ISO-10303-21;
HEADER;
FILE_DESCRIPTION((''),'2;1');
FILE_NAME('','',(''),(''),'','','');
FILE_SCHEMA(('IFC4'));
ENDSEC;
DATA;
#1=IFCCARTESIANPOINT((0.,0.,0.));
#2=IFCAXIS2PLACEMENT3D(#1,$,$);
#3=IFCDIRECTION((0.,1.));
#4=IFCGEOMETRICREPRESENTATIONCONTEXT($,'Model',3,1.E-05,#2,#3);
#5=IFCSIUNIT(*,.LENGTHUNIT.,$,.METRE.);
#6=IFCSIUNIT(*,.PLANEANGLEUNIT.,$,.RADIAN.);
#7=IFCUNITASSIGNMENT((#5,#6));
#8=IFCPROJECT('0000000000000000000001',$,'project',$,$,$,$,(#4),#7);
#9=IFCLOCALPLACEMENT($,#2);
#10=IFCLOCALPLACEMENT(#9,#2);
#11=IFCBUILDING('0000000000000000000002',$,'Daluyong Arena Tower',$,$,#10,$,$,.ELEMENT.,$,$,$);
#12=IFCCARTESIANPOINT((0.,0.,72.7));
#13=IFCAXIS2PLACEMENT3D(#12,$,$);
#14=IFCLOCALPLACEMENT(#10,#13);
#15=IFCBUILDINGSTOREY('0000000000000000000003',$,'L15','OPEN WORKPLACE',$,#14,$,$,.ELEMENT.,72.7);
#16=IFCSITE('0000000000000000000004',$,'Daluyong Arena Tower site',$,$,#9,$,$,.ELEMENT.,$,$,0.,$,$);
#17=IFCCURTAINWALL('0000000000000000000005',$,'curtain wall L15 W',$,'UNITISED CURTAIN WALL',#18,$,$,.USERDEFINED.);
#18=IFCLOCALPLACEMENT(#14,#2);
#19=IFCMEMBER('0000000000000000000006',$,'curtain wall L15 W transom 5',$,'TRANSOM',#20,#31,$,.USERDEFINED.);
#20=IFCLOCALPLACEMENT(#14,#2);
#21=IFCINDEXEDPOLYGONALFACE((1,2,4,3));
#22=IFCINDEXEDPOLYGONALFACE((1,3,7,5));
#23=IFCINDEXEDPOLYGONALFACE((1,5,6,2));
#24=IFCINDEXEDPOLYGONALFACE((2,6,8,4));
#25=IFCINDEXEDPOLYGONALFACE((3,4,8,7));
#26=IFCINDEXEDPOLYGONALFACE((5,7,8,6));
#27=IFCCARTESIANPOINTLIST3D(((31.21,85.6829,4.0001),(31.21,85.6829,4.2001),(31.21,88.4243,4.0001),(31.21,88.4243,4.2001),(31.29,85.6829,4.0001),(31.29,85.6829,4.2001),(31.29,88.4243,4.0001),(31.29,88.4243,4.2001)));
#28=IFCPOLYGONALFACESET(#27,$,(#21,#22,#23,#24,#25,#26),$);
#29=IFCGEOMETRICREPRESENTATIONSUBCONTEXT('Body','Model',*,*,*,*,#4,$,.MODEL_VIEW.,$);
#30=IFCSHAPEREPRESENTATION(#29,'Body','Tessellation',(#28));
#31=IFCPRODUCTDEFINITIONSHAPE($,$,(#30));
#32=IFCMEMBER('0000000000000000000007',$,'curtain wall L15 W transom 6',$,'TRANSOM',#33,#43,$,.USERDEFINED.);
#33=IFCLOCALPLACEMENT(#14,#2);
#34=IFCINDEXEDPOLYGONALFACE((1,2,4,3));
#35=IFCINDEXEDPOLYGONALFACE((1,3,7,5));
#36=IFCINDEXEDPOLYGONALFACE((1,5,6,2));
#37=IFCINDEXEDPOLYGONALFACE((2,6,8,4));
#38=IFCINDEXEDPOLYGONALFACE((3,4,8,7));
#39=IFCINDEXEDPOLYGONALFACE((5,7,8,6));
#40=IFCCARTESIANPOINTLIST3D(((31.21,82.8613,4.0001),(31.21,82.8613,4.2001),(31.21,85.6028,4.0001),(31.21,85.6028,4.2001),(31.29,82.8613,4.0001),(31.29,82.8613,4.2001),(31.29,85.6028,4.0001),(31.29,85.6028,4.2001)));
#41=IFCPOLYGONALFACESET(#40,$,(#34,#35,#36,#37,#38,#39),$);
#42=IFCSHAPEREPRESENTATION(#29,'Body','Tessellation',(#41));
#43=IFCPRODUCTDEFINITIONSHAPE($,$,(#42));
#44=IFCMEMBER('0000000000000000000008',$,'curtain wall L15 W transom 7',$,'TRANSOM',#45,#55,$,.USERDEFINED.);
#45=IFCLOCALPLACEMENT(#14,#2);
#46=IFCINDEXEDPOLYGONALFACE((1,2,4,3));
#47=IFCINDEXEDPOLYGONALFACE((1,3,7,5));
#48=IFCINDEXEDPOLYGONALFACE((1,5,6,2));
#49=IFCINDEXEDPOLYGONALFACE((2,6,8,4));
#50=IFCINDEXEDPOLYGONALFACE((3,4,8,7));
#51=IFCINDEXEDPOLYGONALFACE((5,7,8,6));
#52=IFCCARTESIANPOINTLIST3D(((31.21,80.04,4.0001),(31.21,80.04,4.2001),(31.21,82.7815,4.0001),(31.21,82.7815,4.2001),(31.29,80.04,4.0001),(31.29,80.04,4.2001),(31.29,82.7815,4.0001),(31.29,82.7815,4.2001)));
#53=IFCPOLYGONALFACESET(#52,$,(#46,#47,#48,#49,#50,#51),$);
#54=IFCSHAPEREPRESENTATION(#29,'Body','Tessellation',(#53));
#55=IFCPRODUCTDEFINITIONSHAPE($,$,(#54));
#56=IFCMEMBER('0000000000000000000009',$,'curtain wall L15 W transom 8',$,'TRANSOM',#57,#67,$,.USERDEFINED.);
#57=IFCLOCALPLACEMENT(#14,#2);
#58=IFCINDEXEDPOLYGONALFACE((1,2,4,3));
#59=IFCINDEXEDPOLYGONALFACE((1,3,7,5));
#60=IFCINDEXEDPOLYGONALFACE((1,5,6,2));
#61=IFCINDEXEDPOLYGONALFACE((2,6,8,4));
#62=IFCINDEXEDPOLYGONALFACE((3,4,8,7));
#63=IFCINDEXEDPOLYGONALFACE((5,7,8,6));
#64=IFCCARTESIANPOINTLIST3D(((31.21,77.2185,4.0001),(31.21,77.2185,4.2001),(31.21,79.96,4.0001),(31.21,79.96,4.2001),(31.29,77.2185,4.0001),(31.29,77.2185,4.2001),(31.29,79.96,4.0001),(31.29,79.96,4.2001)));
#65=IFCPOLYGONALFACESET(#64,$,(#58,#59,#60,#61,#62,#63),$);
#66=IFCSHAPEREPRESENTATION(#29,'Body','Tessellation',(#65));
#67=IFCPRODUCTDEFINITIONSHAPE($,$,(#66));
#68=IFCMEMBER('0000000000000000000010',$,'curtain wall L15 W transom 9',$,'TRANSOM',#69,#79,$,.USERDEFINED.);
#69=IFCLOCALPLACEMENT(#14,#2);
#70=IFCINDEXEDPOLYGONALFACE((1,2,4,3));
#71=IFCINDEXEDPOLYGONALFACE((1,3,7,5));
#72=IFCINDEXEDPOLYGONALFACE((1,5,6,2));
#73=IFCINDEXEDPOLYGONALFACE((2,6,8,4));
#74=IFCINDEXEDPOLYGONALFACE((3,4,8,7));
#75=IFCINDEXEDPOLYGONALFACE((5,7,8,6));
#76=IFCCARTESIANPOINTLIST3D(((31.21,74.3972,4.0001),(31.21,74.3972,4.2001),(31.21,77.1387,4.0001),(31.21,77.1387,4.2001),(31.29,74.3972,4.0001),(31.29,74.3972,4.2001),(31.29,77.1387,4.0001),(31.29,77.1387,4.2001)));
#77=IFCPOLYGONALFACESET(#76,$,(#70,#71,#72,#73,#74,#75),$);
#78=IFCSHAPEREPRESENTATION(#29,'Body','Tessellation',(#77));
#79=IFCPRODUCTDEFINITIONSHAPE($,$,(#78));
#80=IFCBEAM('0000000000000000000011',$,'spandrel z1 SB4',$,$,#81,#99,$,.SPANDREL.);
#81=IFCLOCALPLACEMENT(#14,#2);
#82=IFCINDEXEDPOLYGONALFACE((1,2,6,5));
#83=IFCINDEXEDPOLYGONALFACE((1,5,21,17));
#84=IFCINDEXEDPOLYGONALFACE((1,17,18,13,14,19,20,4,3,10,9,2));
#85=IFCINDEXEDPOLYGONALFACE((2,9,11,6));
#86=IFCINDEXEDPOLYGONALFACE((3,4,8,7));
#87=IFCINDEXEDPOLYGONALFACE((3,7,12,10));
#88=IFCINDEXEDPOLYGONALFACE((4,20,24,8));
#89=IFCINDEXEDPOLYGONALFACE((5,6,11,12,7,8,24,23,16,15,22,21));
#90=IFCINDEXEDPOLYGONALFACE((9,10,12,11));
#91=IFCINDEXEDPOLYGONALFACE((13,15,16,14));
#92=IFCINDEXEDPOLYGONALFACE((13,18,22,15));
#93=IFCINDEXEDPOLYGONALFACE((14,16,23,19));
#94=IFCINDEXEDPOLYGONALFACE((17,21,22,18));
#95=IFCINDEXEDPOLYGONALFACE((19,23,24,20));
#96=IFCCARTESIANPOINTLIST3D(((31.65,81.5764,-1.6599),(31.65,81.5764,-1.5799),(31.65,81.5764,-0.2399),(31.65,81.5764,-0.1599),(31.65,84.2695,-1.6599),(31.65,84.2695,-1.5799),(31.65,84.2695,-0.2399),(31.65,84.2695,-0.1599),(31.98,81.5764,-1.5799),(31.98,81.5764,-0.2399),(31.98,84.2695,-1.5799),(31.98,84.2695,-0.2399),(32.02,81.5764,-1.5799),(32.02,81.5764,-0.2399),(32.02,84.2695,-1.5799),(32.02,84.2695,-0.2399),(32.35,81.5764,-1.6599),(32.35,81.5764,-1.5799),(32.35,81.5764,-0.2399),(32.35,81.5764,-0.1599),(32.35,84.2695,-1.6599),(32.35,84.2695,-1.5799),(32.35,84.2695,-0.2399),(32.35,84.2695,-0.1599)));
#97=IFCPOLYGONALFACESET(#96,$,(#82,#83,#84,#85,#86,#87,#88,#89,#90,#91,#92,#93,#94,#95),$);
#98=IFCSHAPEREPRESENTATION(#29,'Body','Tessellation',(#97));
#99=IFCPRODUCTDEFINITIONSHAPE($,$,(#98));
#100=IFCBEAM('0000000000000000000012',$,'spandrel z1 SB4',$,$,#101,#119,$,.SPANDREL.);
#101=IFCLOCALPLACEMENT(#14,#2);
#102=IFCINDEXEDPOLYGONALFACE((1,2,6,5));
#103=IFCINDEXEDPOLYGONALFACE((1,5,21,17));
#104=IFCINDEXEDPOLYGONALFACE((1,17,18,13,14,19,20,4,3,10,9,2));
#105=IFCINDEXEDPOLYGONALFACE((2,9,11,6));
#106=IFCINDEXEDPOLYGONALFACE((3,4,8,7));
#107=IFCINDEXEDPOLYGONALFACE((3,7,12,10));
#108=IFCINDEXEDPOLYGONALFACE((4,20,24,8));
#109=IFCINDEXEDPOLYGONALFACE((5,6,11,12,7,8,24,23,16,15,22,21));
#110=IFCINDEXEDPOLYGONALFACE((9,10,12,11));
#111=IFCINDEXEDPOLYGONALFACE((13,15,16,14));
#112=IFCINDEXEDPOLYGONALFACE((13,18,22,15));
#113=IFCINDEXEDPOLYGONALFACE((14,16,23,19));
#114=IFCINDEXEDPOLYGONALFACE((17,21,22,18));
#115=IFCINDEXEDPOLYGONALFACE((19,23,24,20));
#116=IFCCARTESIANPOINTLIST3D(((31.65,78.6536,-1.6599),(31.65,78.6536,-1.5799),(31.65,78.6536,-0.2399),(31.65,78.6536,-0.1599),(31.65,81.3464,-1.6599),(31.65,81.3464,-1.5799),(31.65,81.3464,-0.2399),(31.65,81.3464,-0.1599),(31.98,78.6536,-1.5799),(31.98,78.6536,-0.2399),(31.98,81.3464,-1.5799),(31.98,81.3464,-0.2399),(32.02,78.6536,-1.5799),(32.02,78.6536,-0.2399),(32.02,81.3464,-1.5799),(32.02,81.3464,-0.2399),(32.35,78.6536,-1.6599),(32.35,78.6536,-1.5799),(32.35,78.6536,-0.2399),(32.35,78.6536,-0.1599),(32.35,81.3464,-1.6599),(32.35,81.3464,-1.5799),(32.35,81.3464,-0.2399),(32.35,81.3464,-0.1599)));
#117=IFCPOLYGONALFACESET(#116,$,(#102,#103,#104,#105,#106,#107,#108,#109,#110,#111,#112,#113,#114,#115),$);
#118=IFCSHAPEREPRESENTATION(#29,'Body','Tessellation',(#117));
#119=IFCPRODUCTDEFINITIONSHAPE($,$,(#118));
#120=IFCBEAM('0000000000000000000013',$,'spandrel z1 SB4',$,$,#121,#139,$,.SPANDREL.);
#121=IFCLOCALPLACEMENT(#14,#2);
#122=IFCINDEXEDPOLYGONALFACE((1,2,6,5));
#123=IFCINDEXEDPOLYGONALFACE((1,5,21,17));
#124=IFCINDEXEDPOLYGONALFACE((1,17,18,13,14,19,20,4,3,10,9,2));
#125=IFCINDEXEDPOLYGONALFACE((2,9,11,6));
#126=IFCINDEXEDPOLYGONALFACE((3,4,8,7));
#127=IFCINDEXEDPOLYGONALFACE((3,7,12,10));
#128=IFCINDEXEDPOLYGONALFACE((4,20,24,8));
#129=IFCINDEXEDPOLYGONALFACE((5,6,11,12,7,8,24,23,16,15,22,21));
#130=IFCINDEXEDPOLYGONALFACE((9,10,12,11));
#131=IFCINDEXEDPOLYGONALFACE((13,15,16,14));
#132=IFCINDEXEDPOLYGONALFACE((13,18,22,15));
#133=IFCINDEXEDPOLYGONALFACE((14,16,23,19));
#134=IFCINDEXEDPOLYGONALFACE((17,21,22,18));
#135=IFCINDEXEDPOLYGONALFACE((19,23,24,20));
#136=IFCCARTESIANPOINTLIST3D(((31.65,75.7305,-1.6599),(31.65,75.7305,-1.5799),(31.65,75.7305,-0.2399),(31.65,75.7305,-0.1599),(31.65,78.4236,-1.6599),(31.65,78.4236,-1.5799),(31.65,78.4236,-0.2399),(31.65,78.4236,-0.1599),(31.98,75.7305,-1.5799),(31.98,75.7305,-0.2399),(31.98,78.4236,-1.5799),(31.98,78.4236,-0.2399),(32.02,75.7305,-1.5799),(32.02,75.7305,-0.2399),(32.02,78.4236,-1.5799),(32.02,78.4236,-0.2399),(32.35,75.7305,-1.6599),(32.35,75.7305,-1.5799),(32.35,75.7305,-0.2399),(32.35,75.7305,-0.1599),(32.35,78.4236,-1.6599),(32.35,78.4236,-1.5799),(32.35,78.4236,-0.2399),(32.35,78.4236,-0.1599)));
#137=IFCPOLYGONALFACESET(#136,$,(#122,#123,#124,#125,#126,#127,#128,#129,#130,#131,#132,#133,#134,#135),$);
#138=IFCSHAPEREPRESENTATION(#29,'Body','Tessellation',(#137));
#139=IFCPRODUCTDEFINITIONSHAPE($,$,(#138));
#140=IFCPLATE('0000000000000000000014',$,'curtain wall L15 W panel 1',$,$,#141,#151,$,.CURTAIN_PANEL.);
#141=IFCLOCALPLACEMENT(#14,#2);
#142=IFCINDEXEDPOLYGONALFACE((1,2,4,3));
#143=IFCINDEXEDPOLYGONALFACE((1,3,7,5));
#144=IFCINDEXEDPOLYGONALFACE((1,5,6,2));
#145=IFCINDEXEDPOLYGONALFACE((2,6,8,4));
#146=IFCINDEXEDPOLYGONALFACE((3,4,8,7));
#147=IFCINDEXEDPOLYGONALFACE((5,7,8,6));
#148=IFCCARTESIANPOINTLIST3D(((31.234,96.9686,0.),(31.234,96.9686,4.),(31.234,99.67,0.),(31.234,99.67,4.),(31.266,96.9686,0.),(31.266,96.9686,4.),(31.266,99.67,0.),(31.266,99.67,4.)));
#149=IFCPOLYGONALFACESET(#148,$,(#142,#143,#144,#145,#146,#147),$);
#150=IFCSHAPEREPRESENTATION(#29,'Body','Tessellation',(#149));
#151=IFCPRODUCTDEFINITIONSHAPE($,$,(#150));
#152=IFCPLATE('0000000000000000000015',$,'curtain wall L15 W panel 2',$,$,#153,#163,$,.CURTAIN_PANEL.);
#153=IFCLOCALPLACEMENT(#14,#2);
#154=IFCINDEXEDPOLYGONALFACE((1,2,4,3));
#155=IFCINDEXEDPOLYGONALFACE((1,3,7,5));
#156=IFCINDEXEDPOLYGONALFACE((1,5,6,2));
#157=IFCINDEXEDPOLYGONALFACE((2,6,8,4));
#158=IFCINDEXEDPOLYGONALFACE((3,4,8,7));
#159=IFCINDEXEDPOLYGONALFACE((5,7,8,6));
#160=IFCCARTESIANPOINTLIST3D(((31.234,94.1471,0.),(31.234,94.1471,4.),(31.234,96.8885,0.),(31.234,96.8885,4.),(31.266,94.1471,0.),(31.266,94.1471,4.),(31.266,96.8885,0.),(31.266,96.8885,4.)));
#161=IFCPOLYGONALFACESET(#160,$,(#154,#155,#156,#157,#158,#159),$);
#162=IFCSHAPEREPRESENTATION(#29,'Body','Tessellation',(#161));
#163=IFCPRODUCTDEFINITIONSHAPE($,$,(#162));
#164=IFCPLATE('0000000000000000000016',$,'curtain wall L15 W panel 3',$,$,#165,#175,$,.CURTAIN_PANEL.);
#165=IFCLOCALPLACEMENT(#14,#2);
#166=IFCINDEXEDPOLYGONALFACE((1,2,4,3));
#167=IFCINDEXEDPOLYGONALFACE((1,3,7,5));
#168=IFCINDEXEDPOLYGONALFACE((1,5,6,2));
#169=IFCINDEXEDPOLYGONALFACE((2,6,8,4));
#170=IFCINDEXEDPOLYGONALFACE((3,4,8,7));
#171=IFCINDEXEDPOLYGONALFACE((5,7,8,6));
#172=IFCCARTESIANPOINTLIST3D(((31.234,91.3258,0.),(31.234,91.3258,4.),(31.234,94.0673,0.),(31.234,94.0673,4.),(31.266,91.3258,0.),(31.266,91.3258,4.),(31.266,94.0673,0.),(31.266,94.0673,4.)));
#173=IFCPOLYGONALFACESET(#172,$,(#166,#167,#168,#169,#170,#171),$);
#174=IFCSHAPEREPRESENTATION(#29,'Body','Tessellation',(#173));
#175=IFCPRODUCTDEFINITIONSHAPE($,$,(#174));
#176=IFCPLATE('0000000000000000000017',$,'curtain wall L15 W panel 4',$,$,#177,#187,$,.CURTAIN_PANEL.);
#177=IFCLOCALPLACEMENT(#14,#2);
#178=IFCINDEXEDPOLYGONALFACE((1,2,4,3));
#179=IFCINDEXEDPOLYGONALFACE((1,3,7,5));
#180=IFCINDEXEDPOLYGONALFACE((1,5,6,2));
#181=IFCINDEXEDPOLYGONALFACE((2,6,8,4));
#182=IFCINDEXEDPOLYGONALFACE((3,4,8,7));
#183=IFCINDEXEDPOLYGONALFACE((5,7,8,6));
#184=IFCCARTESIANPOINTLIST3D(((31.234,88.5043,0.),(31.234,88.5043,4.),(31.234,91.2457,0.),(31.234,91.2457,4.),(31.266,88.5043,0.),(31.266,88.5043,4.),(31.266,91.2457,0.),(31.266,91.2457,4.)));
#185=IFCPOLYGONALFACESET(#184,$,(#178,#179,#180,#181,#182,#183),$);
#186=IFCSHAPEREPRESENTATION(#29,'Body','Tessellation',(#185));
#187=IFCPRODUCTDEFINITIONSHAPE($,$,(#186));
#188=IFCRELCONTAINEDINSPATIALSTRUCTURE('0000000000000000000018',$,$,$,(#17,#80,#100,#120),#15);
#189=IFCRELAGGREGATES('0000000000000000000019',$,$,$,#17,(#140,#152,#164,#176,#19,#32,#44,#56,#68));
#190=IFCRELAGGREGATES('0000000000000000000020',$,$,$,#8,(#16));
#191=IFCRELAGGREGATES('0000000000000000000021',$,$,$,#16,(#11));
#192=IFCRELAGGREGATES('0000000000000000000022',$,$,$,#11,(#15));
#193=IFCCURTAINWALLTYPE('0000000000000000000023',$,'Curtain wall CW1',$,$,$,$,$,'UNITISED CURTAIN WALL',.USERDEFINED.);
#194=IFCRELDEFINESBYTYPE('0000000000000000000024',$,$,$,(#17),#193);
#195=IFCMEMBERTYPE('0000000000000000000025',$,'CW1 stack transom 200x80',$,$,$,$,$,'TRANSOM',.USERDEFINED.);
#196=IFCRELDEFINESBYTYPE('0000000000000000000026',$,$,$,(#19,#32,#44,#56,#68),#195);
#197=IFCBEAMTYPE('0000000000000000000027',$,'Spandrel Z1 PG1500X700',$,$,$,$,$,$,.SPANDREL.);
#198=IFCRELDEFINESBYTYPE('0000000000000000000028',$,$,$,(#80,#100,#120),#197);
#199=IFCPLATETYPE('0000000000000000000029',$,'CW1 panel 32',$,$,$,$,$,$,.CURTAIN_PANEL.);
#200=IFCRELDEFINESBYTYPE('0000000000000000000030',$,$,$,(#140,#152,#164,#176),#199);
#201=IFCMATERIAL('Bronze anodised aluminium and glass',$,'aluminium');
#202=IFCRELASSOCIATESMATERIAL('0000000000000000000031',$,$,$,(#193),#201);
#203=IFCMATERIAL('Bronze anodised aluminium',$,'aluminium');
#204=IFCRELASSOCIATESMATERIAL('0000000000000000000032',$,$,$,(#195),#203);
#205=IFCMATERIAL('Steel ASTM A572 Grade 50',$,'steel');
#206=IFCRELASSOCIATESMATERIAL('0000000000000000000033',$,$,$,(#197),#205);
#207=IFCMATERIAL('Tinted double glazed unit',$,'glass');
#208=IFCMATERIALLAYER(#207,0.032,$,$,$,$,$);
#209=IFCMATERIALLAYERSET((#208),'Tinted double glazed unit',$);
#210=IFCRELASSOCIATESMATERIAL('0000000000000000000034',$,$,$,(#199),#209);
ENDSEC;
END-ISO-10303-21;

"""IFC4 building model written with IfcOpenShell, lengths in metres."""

from ifc_helpers import new_model, si_unit, direction, frame, origin, origin_2d, place, context, subcontext, project, spatial, rectangle, i_section, extrude, material, layer, layer_set, material_profile, profile_set, type_object, element, aggregate, save


model = new_model("IFC4")

# Units and contexts
model_context = context("Model", 3, precision=1e-05, world=origin(), true_north=direction((0.0, 1.0)))
body_context = subcontext(model_context, "Body", "Model", "MODEL_VIEW")
ifc_project = project(units=[si_unit("LENGTHUNIT", "METRE"), si_unit("PLANEANGLEUNIT", "RADIAN")], contexts=[model_context])

# Site, building, storey
site_placement = place(None, origin())
site = spatial("IfcSite", under=ifc_project, at=site_placement, Name="Daluyong Arena Tower site", CompositionType="ELEMENT", RefElevation=0.0)
building_placement = place(site_placement, origin())
building = spatial("IfcBuilding", under=site, at=building_placement, Name="Daluyong Arena Tower", CompositionType="ELEMENT")
storey_placement = place(building_placement, frame((0.0, 0.0, 72.7)))
storey = spatial("IfcBuildingStorey", under=building, at=storey_placement, Name="L15", Description="OPEN WORKPLACE", CompositionType="ELEMENT", Elevation=72.7)

# Curtain wall, members
ifc_material_1 = material(Name="Bronze anodised aluminium and glass", Category="aluminium")
curtain_wall_type = type_object("IfcCurtainWallType", Name="Curtain wall CW1", ElementType="UNITISED CURTAIN WALL", PredefinedType="USERDEFINED", material=ifc_material_1)
curtain_wall_placement = place(storey_placement, origin())
curtain_wall = element("IfcCurtainWall", 1, at=curtain_wall_placement, inside=storey, type_object=curtain_wall_type, Name="curtain wall L15 W", ObjectType="UNITISED CURTAIN WALL", PredefinedType="USERDEFINED")
ifc_material_2 = material(Name="Bronze anodised aluminium", Category="aluminium")
ifc_material_profile_1 = material_profile(ifc_material_2, rectangle(XDim=0.0801, YDim=0.2, at=origin_2d()))
ifc_profile_set_1 = profile_set([ifc_material_profile_1], Name="Bronze anodised aluminium")
member_type_1 = type_object("IfcMemberType", Name="CW1 stack transom 200x80", ElementType="TRANSOM", PredefinedType="USERDEFINED", material=ifc_profile_set_1)
member_1_placement = place(storey_placement, frame((31.25, 88.4243, 4.1001), z_axis=(0.0, -1.0, 0.0), x_axis=(1.0, 0.0, 0.0)))
member_1 = element("IfcMember", 2, at=member_1_placement, type_object=member_type_1, Name="curtain wall L15 W transom 5", ObjectType="TRANSOM", PredefinedType="USERDEFINED", context=body_context, shape_type="SweptSolid", body=[
    extrude(rectangle(XDim=0.0801, YDim=0.2, at=origin_2d()), origin(), (0.0, 0.0, 1.0), 2.7415),
])
member_2_placement = place(storey_placement, frame((31.25, 85.6028, 4.1001), z_axis=(0.0, -1.0, 0.0), x_axis=(1.0, 0.0, 0.0)))
member_2 = element("IfcMember", 3, at=member_2_placement, type_object=member_type_1, Name="curtain wall L15 W transom 6", ObjectType="TRANSOM", PredefinedType="USERDEFINED", context=body_context, shape_type="SweptSolid", body=[
    extrude(rectangle(XDim=0.0801, YDim=0.2, at=origin_2d()), origin(), (0.0, 0.0, 1.0), 2.7415),
])
member_3_placement = place(storey_placement, frame((31.25, 82.7815, 4.1001), z_axis=(0.0, -1.0, 0.0), x_axis=(1.0, 0.0, 0.0)))
member_3 = element("IfcMember", 4, at=member_3_placement, type_object=member_type_1, Name="curtain wall L15 W transom 7", ObjectType="TRANSOM", PredefinedType="USERDEFINED", context=body_context, shape_type="SweptSolid", body=[
    extrude(rectangle(XDim=0.0801, YDim=0.2, at=origin_2d()), origin(), (0.0, 0.0, 1.0), 2.7415),
])
member_4_placement = place(storey_placement, frame((31.25, 79.96, 4.1001), z_axis=(0.0, -1.0, 0.0), x_axis=(1.0, 0.0, 0.0)))
member_4 = element("IfcMember", 5, at=member_4_placement, type_object=member_type_1, Name="curtain wall L15 W transom 8", ObjectType="TRANSOM", PredefinedType="USERDEFINED", context=body_context, shape_type="SweptSolid", body=[
    extrude(rectangle(XDim=0.0801, YDim=0.2, at=origin_2d()), origin(), (0.0, 0.0, 1.0), 2.7415),
])
member_5_placement = place(storey_placement, frame((31.25, 77.1387, 4.1001), z_axis=(0.0, -1.0, 0.0), x_axis=(1.0, 0.0, 0.0)))
member_5 = element("IfcMember", 6, at=member_5_placement, type_object=member_type_1, Name="curtain wall L15 W transom 9", ObjectType="TRANSOM", PredefinedType="USERDEFINED", context=body_context, shape_type="SweptSolid", body=[
    extrude(rectangle(XDim=0.0801, YDim=0.2, at=origin_2d()), origin(), (0.0, 0.0, 1.0), 2.7415),
])

# Beams
ifc_material_3 = material(Name="Steel ASTM A572 Grade 50", Category="steel")
ifc_material_profile_2 = material_profile(ifc_material_3, i_section(OverallWidth=0.7, OverallDepth=1.5, WebThickness=0.04, FlangeThickness=0.08, at=origin_2d()))
ifc_profile_set_2 = profile_set([ifc_material_profile_2], Name="Steel ASTM A572 Grade 50")
beam_type = type_object("IfcBeamType", Name="Spandrel Z1 PG1500X700", PredefinedType="SPANDREL", material=ifc_profile_set_2)
beam_1_placement = place(storey_placement, frame((32.0, 84.2695, -0.9099), z_axis=(0.0, -1.0, 0.0), x_axis=(1.0, 0.0, 0.0)))
element("IfcBeam", 7, at=beam_1_placement, inside=storey, type_object=beam_type, Name="spandrel z1 SB4", PredefinedType="SPANDREL", context=body_context, shape_type="SweptSolid", body=[
    extrude(i_section(OverallWidth=0.7, OverallDepth=1.5, WebThickness=0.04, FlangeThickness=0.08, at=origin_2d()), origin(), (0.0, 0.0, 1.0), 2.6931),
])
beam_2_placement = place(storey_placement, frame((32.0, 81.3464, -0.9099), z_axis=(0.0, -1.0, 0.0), x_axis=(1.0, 0.0, 0.0)))
element("IfcBeam", 8, at=beam_2_placement, inside=storey, type_object=beam_type, Name="spandrel z1 SB4", PredefinedType="SPANDREL", context=body_context, shape_type="SweptSolid", body=[
    extrude(i_section(OverallWidth=0.7, OverallDepth=1.5, WebThickness=0.04, FlangeThickness=0.08, at=origin_2d()), origin(), (0.0, 0.0, 1.0), 2.6929),
])
beam_3_placement = place(storey_placement, frame((32.0, 78.4236, -0.9099), z_axis=(0.0, -1.0, 0.0), x_axis=(1.0, 0.0, 0.0)))
element("IfcBeam", 9, at=beam_3_placement, inside=storey, type_object=beam_type, Name="spandrel z1 SB4", PredefinedType="SPANDREL", context=body_context, shape_type="SweptSolid", body=[
    extrude(i_section(OverallWidth=0.7, OverallDepth=1.5, WebThickness=0.04, FlangeThickness=0.08, at=origin_2d()), origin(), (0.0, 0.0, 1.0), 2.6931),
])

# Plates
ifc_material_4 = material(Name="Tinted double glazed unit", Category="glass")
ifc_layer = layer(ifc_material_4, 0.032)
ifc_layer_set = layer_set([ifc_layer], Name="Tinted double glazed unit")
plate_type = type_object("IfcPlateType", Name="CW1 panel 32", PredefinedType="CURTAIN_PANEL", material=ifc_layer_set)
plate_1_placement = place(storey_placement, frame((31.25, 98.3193, 0.0), z_axis=(0.0, 0.0, 1.0), x_axis=(0.0, -1.0, 0.0)))
plate_1 = element("IfcPlate", 10, at=plate_1_placement, type_object=plate_type, Name="curtain wall L15 W panel 1", PredefinedType="CURTAIN_PANEL", context=body_context, shape_type="SweptSolid", body=[
    extrude(rectangle(XDim=2.7014, YDim=0.032, at=origin_2d()), origin(), (0.0, 0.0, 1.0), 4.0),
])
plate_2_placement = place(storey_placement, frame((31.25, 95.5178, 0.0), z_axis=(0.0, 0.0, 1.0), x_axis=(0.0, -1.0, 0.0)))
plate_2 = element("IfcPlate", 11, at=plate_2_placement, type_object=plate_type, Name="curtain wall L15 W panel 2", PredefinedType="CURTAIN_PANEL", context=body_context, shape_type="SweptSolid", body=[
    extrude(rectangle(XDim=2.7415, YDim=0.032, at=origin_2d()), origin(), (0.0, 0.0, 1.0), 4.0),
])
plate_3_placement = place(storey_placement, frame((31.25, 92.6965, 0.0), z_axis=(0.0, 0.0, 1.0), x_axis=(0.0, -1.0, 0.0)))
plate_3 = element("IfcPlate", 12, at=plate_3_placement, type_object=plate_type, Name="curtain wall L15 W panel 3", PredefinedType="CURTAIN_PANEL", context=body_context, shape_type="SweptSolid", body=[
    extrude(rectangle(XDim=2.7415, YDim=0.032, at=origin_2d()), origin(), (0.0, 0.0, 1.0), 4.0),
])
plate_4_placement = place(storey_placement, frame((31.25, 89.875, 0.0), z_axis=(0.0, 0.0, 1.0), x_axis=(0.0, -1.0, 0.0)))
plate_4 = element("IfcPlate", 13, at=plate_4_placement, type_object=plate_type, Name="curtain wall L15 W panel 4", PredefinedType="CURTAIN_PANEL", context=body_context, shape_type="SweptSolid", body=[
    extrude(rectangle(XDim=2.7415, YDim=0.032, at=origin_2d()), origin(), (0.0, 0.0, 1.0), 4.0),
])
aggregate(curtain_wall, [plate_1, plate_2, plate_3, plate_4, member_1, member_2, member_3, member_4, member_5])

save(model, "model.ifc")
